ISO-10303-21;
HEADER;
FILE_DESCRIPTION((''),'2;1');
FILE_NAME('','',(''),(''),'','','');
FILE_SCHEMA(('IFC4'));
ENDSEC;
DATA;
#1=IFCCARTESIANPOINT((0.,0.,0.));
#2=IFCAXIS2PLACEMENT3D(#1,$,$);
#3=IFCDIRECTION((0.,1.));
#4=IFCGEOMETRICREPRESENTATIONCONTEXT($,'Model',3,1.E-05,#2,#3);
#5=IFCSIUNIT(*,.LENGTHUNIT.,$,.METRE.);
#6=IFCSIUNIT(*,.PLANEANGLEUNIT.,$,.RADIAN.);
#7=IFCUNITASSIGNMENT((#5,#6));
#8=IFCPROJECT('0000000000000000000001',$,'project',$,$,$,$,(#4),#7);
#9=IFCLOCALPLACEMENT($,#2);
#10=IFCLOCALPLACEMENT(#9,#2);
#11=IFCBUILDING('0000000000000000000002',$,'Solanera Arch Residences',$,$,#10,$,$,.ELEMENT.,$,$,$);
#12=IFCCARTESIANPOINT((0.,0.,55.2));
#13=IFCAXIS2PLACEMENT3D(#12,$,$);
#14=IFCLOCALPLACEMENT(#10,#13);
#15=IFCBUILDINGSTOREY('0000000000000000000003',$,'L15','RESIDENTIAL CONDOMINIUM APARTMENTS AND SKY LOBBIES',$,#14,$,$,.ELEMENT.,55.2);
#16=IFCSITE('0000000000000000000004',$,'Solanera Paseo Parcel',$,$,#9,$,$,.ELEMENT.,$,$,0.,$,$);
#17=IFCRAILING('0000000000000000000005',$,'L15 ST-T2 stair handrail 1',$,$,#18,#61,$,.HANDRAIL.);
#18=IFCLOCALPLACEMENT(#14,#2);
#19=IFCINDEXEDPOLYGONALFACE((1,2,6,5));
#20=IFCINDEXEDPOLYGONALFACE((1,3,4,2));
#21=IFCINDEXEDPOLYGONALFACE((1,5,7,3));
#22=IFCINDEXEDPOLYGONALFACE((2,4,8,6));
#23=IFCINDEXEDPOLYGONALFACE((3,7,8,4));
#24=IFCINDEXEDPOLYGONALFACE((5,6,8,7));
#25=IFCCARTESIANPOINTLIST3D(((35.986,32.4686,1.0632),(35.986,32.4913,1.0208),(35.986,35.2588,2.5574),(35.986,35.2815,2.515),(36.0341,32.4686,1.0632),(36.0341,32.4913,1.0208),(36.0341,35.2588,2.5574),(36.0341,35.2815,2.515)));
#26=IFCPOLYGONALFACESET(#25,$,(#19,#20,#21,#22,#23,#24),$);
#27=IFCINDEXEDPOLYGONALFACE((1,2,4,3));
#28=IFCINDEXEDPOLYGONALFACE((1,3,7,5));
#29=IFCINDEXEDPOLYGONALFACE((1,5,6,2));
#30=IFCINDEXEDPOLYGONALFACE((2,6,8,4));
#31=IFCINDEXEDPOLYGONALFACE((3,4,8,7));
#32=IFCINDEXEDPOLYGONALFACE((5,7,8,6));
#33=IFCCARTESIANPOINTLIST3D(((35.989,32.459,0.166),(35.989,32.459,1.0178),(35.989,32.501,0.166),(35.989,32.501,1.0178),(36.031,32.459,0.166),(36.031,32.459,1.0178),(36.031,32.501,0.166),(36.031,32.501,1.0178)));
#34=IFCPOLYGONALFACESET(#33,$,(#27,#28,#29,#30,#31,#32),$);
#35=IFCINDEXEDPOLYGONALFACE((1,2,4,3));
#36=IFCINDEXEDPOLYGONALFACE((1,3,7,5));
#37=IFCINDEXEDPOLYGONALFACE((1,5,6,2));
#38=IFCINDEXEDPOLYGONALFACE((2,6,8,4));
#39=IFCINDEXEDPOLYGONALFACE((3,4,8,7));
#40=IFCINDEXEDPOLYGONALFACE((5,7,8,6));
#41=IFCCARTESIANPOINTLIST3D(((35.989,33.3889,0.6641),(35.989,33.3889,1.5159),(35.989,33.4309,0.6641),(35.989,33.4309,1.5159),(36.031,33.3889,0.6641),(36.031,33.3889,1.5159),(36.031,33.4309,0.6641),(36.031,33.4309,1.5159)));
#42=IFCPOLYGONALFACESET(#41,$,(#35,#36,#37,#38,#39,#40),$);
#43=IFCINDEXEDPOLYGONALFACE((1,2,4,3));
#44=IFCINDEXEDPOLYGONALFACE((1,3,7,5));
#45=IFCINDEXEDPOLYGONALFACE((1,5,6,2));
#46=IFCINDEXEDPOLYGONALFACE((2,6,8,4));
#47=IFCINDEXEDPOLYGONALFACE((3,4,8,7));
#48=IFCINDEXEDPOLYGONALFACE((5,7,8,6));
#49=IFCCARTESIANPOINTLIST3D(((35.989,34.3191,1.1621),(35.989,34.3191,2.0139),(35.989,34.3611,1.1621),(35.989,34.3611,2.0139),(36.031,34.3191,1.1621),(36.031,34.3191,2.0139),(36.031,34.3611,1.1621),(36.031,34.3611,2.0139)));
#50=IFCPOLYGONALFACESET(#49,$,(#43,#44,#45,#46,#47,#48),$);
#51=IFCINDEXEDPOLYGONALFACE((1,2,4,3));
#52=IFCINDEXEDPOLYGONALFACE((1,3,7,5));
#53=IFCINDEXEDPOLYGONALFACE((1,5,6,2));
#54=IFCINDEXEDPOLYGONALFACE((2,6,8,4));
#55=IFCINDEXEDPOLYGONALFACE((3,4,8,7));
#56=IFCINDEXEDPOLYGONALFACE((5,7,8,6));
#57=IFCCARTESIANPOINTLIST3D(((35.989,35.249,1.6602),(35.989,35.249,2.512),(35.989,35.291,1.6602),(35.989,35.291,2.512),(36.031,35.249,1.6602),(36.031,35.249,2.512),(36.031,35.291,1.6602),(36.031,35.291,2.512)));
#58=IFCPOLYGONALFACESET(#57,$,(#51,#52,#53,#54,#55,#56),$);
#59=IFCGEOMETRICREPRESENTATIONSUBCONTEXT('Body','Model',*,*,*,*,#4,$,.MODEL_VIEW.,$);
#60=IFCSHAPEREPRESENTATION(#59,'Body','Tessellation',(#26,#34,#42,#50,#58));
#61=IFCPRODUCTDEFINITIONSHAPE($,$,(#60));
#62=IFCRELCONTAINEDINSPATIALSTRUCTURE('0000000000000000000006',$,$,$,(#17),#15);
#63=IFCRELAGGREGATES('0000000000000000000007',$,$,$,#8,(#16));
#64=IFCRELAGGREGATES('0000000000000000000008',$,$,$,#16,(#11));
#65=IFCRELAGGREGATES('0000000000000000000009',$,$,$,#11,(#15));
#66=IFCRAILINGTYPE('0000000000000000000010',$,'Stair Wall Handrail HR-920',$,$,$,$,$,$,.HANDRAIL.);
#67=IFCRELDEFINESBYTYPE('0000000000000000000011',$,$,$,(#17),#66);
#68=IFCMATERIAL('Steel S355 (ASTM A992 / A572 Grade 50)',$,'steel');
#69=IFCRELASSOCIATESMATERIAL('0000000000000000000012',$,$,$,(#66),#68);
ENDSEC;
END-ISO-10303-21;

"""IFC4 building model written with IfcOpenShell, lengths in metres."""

from ifc_helpers import new_model, si_unit, direction, frame, origin, origin_2d, place, context, subcontext, project, spatial, rectangle, extrude, material, type_object, element, save


model = new_model("IFC4")

# Units and contexts
model_context = context("Model", 3, precision=1e-05, world=origin(), true_north=direction((0.0, 1.0)))
body_context = subcontext(model_context, "Body", "Model", "MODEL_VIEW")
ifc_project = project(units=[si_unit("LENGTHUNIT", "METRE"), si_unit("PLANEANGLEUNIT", "RADIAN")], contexts=[model_context])

# Site, building, storey
site_placement = place(None, origin())
site = spatial("IfcSite", under=ifc_project, at=site_placement, Name="Solanera Paseo Parcel", CompositionType="ELEMENT", RefElevation=0.0)
building_placement = place(site_placement, origin())
building = spatial("IfcBuilding", under=site, at=building_placement, Name="Solanera Arch Residences", CompositionType="ELEMENT")
storey_placement = place(building_placement, frame((0.0, 0.0, 55.2)))
storey = spatial("IfcBuildingStorey", under=building, at=storey_placement, Name="L15", Description="RESIDENTIAL CONDOMINIUM APARTMENTS AND SKY LOBBIES", CompositionType="ELEMENT", Elevation=55.2)

# Railing
ifc_material_1 = material(Name="Steel S355 (ASTM A992 / A572 Grade 50)", Category="steel")
railing_type_1 = type_object("IfcRailingType", Name="Stair Wall Handrail HR-920", PredefinedType="HANDRAIL", material=ifc_material_1)
railing_1_placement = place(storey_placement, frame((36.01, 32.48, 0.166)))
element("IfcRailing", 1, at=railing_1_placement, inside=storey, type_object=railing_type_1, Name="L15 ST-T2 stair handrail 1", PredefinedType="HANDRAIL", context=body_context, shape_type="SweptSolid", body=[
    extrude(rectangle(XDim=0.0481, YDim=0.0481, at=origin_2d()), frame((0.0, 0.0, 0.876), z_axis=(0.0, 0.881549, 0.472093), x_axis=(-1.0, 0.0, 0.0)), (0.0, 0.0, 1.0), 3.165),
    extrude(rectangle(XDim=0.042, YDim=0.042, at=origin_2d()), origin(), (0.0, 0.0, 1.0), 0.8518),
    extrude(rectangle(XDim=0.042, YDim=0.042, at=origin_2d()), frame((0.0, 0.9299, 0.498)), (0.0, 0.0, 1.0), 0.8518),
    extrude(rectangle(XDim=0.042, YDim=0.042, at=origin_2d()), frame((0.0, 1.8601, 0.9961)), (0.0, 0.0, 1.0), 0.8518),
    extrude(rectangle(XDim=0.042, YDim=0.042, at=origin_2d()), frame((0.0, 2.79, 1.4941)), (0.0, 0.0, 1.0), 0.8518),
])

save(model, "model.ifc")
